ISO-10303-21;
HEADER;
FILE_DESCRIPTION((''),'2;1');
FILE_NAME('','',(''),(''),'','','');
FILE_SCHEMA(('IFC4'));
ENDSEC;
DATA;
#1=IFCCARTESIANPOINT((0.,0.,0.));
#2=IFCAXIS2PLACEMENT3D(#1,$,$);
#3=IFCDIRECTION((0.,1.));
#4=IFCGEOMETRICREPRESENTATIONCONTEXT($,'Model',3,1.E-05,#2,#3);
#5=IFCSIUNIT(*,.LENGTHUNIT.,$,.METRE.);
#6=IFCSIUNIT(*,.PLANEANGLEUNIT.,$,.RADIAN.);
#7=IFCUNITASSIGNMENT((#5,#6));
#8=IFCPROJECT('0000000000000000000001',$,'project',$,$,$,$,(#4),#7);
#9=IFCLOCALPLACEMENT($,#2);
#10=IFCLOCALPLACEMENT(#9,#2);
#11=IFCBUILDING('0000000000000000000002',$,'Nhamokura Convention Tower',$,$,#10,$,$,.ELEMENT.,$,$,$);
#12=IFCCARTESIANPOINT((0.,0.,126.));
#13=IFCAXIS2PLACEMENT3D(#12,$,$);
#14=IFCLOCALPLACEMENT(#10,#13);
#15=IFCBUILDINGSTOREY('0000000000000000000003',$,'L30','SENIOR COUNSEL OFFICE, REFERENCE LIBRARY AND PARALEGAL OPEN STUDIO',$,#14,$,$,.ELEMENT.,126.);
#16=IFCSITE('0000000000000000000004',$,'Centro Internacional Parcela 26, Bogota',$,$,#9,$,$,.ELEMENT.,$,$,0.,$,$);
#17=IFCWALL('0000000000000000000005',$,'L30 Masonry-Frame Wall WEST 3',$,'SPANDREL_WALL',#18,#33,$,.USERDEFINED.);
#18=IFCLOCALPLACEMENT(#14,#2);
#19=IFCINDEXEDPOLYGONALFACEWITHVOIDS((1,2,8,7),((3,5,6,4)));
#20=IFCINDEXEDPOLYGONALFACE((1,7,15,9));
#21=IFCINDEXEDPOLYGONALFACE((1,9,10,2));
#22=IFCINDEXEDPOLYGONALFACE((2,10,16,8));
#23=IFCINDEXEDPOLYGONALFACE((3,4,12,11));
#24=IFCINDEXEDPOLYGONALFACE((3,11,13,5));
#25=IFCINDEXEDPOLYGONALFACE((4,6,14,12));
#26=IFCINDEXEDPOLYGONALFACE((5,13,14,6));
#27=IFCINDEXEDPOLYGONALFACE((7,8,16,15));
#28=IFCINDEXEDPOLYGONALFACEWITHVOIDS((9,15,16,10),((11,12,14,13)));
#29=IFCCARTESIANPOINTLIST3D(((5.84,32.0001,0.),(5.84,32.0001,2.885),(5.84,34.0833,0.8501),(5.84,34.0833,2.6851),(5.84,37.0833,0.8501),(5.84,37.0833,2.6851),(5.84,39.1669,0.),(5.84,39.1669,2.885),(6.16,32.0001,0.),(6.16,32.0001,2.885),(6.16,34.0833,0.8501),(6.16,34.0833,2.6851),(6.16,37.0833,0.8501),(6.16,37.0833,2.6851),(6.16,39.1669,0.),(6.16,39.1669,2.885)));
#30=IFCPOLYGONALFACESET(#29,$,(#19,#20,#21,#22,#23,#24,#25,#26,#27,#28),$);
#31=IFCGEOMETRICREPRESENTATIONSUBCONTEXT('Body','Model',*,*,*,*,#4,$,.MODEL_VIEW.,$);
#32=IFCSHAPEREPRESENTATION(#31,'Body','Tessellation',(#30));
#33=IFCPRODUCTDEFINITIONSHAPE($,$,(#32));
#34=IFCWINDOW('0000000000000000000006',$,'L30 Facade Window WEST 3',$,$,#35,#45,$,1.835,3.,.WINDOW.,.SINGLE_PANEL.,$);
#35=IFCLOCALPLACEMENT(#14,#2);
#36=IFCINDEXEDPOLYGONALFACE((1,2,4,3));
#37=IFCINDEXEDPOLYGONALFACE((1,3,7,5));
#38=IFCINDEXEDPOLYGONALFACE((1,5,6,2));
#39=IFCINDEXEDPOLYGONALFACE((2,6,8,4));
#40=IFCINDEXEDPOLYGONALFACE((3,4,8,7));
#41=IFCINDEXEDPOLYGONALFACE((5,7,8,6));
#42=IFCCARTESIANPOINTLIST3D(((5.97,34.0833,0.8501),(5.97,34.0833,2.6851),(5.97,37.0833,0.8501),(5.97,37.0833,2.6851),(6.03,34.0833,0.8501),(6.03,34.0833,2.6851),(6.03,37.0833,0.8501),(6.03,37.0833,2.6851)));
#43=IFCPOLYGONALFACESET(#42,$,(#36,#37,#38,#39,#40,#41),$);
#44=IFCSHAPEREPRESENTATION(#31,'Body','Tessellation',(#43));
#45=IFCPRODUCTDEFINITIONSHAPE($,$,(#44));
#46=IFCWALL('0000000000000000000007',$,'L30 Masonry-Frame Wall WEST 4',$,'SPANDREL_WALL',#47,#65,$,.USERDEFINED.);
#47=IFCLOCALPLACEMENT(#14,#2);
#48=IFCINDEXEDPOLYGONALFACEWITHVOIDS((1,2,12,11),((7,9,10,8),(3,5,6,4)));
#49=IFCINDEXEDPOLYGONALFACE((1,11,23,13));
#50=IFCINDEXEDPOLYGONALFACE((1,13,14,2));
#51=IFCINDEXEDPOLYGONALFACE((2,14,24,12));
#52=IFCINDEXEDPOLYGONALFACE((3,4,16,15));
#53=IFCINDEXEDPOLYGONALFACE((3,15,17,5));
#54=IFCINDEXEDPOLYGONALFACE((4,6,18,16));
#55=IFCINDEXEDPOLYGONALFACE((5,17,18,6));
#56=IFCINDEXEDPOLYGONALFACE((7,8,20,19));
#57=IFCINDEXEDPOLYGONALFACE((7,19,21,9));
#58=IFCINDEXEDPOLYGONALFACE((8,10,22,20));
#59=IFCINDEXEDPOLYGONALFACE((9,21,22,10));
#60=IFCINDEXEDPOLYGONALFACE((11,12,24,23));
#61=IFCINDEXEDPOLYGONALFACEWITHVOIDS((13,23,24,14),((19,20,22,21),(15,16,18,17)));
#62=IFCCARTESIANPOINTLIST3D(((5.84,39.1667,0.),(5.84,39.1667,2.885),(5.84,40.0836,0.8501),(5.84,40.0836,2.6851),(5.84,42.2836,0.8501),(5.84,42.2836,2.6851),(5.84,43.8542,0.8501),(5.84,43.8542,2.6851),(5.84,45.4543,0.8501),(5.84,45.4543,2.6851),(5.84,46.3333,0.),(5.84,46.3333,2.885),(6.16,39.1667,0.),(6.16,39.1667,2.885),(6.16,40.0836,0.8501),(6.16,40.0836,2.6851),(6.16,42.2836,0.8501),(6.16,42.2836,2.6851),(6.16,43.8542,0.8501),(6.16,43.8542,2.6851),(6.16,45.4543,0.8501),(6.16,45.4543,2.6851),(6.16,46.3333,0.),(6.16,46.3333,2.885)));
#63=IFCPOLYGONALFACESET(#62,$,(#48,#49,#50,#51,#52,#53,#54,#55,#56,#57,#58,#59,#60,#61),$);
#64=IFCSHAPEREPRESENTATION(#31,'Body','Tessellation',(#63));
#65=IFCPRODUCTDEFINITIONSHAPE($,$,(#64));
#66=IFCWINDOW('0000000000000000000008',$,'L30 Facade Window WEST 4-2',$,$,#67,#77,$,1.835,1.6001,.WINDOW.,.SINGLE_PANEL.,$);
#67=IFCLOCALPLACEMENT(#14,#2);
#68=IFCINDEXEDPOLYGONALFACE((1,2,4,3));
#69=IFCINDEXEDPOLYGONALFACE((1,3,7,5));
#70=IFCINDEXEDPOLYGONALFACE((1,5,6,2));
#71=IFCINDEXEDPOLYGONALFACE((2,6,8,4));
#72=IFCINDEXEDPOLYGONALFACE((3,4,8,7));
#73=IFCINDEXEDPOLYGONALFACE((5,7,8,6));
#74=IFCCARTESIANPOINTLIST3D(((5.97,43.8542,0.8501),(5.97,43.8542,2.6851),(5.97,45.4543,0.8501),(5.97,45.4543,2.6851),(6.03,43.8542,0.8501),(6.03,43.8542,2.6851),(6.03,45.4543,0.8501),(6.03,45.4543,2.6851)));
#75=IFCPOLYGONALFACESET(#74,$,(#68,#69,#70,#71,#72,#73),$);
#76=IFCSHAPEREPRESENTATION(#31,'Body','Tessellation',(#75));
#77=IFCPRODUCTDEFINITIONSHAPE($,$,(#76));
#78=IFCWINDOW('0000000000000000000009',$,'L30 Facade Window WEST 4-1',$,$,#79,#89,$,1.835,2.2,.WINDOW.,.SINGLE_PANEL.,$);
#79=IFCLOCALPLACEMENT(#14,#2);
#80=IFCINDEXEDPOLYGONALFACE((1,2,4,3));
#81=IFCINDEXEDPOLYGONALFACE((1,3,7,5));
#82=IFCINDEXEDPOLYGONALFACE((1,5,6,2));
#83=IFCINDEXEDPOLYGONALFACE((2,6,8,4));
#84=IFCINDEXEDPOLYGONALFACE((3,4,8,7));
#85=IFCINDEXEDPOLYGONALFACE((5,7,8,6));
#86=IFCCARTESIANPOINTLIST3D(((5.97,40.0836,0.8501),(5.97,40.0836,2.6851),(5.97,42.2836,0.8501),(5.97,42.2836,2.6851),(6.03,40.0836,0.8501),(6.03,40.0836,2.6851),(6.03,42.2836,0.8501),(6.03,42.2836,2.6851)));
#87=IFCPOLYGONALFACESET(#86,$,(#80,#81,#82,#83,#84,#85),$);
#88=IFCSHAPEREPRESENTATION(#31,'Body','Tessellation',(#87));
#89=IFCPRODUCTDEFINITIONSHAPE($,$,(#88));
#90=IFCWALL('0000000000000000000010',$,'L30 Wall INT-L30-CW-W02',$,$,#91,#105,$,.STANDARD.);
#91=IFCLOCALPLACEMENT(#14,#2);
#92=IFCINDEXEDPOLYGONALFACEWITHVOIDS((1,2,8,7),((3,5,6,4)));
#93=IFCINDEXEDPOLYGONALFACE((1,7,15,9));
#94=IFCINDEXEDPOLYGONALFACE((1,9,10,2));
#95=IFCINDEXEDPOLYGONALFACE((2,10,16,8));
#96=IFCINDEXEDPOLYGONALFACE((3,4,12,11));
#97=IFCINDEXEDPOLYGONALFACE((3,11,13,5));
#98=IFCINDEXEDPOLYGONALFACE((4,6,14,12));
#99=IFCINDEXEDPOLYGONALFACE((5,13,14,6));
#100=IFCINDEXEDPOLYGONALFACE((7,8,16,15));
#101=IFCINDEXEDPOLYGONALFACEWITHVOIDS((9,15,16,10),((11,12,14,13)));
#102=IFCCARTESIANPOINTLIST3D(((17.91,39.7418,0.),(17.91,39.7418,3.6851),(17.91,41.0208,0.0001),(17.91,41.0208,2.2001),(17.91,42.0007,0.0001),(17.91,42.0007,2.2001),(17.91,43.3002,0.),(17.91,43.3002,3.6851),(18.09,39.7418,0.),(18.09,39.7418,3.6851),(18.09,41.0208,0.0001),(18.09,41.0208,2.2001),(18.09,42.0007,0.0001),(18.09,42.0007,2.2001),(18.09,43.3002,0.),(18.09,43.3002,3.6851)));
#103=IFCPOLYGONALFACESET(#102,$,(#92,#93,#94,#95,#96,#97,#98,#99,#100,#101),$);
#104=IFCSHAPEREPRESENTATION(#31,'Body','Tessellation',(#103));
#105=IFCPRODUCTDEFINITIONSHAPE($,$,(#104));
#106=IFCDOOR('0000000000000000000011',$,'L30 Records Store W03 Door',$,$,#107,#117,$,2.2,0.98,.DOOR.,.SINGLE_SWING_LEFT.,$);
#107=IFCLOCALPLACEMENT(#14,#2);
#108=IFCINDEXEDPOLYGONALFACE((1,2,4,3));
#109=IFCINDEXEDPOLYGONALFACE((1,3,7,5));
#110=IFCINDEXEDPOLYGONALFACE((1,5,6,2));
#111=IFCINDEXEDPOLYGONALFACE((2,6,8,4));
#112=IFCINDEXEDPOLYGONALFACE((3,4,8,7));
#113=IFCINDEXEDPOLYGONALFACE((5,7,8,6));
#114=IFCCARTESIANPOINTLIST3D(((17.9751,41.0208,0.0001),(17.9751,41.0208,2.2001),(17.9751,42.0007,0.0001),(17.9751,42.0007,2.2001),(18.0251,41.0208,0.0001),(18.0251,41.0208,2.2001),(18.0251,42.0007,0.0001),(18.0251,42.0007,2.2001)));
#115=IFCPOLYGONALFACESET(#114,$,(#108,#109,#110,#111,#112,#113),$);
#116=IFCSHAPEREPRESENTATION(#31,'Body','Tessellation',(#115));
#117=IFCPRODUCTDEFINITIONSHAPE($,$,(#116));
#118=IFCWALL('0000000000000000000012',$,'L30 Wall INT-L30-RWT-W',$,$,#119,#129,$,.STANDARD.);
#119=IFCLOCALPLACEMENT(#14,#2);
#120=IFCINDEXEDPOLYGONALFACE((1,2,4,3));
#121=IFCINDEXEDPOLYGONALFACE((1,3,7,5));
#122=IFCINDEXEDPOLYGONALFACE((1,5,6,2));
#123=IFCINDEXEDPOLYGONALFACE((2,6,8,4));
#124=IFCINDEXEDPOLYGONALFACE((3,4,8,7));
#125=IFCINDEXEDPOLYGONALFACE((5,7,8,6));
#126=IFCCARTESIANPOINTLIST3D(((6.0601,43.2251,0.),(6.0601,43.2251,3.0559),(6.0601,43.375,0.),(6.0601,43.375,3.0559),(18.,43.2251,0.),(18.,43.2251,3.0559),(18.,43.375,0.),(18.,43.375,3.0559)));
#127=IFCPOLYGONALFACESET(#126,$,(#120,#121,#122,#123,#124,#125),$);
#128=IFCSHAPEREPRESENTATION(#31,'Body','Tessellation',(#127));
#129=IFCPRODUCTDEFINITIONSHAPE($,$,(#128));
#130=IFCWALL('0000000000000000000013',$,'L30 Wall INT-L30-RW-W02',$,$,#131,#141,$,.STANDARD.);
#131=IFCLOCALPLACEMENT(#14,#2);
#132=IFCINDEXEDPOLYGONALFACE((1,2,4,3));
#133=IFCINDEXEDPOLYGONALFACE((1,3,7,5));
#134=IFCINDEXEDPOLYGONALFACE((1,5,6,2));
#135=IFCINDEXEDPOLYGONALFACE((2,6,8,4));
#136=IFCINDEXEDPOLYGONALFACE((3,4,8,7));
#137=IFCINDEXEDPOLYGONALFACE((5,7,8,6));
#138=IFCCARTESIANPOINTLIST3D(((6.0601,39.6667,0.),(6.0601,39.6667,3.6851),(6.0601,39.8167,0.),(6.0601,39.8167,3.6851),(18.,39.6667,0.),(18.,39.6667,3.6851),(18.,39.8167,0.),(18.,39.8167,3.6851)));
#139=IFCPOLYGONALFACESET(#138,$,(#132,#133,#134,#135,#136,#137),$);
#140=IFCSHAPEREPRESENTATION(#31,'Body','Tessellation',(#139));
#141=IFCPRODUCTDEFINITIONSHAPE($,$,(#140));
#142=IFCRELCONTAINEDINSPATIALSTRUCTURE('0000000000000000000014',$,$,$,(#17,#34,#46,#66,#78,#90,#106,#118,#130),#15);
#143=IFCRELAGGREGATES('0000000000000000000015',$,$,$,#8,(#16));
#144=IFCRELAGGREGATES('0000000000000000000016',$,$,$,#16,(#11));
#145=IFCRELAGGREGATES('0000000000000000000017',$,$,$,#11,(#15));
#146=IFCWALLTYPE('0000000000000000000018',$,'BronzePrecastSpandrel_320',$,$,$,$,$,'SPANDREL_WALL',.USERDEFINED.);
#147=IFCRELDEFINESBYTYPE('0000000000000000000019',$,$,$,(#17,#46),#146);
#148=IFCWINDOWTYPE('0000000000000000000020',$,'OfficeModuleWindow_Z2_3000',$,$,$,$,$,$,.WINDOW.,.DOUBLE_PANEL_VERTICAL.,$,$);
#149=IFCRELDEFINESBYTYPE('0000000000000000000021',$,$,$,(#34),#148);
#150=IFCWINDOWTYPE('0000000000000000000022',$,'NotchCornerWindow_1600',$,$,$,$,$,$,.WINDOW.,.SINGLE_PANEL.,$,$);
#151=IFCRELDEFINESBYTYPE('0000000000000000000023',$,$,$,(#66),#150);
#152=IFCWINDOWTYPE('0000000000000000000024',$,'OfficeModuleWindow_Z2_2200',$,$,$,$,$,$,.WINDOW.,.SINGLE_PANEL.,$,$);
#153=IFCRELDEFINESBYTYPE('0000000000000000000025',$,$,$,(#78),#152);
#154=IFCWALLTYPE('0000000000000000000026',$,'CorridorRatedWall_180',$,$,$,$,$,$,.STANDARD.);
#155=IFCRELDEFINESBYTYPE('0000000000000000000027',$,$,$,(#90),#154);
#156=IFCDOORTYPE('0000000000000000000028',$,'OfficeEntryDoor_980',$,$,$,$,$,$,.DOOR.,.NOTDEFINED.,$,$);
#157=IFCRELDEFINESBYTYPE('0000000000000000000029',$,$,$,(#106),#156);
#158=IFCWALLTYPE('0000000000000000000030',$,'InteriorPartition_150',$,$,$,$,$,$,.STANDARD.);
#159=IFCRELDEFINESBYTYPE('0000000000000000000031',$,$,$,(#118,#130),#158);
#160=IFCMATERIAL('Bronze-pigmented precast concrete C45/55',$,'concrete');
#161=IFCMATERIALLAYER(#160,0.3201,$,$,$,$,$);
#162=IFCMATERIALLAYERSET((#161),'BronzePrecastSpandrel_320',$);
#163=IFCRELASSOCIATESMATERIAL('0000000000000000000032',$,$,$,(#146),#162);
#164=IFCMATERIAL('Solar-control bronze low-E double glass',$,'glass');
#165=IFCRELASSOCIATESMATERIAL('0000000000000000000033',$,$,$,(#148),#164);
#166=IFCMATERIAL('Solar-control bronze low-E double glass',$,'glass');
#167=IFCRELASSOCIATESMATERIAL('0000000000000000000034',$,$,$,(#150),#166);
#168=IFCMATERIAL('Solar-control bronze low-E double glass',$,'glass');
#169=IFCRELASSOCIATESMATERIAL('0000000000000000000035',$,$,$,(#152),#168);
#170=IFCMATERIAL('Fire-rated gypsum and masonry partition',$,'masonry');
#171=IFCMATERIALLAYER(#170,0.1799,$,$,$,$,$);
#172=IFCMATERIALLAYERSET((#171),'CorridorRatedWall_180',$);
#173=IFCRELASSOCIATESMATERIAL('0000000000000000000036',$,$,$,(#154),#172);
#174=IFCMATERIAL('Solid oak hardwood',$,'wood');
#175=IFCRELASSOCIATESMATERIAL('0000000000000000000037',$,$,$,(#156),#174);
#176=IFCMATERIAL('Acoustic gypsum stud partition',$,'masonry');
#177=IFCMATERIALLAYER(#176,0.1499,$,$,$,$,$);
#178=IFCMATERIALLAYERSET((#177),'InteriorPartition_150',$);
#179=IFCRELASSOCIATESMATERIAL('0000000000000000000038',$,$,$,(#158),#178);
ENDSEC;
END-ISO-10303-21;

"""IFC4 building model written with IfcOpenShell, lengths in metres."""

from ifc_helpers import new_model, si_unit, direction, frame, frame_2d, origin, place, context, subcontext, project, spatial, rectangle, extrude, material, layer, layer_set, type_object, element, fill, save


model = new_model("IFC4")

# Units and contexts
model_context = context("Model", 3, precision=1e-05, world=origin(), true_north=direction((0.0, 1.0)))
body_context = subcontext(model_context, "Body", "Model", "MODEL_VIEW")
ifc_project = project(units=[si_unit("LENGTHUNIT", "METRE"), si_unit("PLANEANGLEUNIT", "RADIAN")], contexts=[model_context])

# Site, building, storey
site_placement = place(None, origin())
site = spatial("IfcSite", under=ifc_project, at=site_placement, Name="Centro Internacional Parcela 26, Bogota", CompositionType="ELEMENT", RefElevation=0.0)
building_placement = place(site_placement, origin())
building = spatial("IfcBuilding", under=site, at=building_placement, Name="Nhamokura Convention Tower", CompositionType="ELEMENT")
storey_placement = place(building_placement, frame((0.0, 0.0, 126.0)))
storey = spatial("IfcBuildingStorey", under=building, at=storey_placement, Name="L30", Description="SENIOR COUNSEL OFFICE, REFERENCE LIBRARY AND PARALEGAL OPEN STUDIO", CompositionType="ELEMENT", Elevation=126.0)

# Wall, opening, window
ifc_material_1 = material(Name="Bronze-pigmented precast concrete C45/55", Category="concrete")
ifc_layer_1 = layer(ifc_material_1, 0.3201)
ifc_layer_set_1 = layer_set([ifc_layer_1], Name="BronzePrecastSpandrel_320")
wall_type_1 = type_object("IfcWallType", Name="BronzePrecastSpandrel_320", ElementType="SPANDREL_WALL", PredefinedType="USERDEFINED", material=ifc_layer_set_1)
wall_1_placement = place(storey_placement, frame((6.0, 32.0, 0.0), z_axis=(0.0, 0.0, 1.0), x_axis=(0.0, 1.0, 0.0)))
wall_1 = element("IfcWall", 1, at=wall_1_placement, inside=storey, type_object=wall_type_1, Name="L30 Masonry-Frame Wall WEST 3", ObjectType="SPANDREL_WALL", PredefinedType="USERDEFINED", context=body_context, shape_type="SweptSolid", body=[
    extrude(rectangle(XDim=7.1667, YDim=0.3201, at=frame_2d((3.5835, 0.0))), origin(), (0.0, 0.0, 1.0), 2.885),
])
opening_1_placement = place(wall_1_placement, frame((2.0833, 0.0, 0.8501)))
opening_1 = element("IfcOpeningElement", 2, at=opening_1_placement, cuts=wall_1, PredefinedType="OPENING", context=body_context, shape_type="SweptSolid", body=[
    extrude(rectangle(XDim=3.0, YDim=1.835, at=frame_2d((1.5, 0.9175))), frame((0.0, 0.1699, 0.0), z_axis=(0.0, -1.0, 0.0), x_axis=(1.0, 0.0, 0.0)), (0.0, 0.0, 1.0), 0.3401),
])
ifc_material_2 = material(Name="Solar-control bronze low-E double glass", Category="glass")
window_type_1 = type_object("IfcWindowType", Name="OfficeModuleWindow_Z2_3000", PartitioningType="DOUBLE_PANEL_VERTICAL", PredefinedType="WINDOW", material=ifc_material_2)
window_1_placement = place(opening_1_placement, origin())
window_1 = element("IfcWindow", 3, at=window_1_placement, inside=storey, type_object=window_type_1, Name="L30 Facade Window WEST 3", OverallHeight=1.835, OverallWidth=3.0, PartitioningType="SINGLE_PANEL", PredefinedType="WINDOW", context=body_context, shape_type="SweptSolid", body=[
    extrude(rectangle(XDim=3.0, YDim=1.835, at=frame_2d((1.5, 0.9175))), frame((0.0, 0.03, 0.0), z_axis=(0.0, -1.0, 0.0), x_axis=(1.0, 0.0, 0.0)), (0.0, 0.0, 1.0), 0.0601),
])
fill(opening_1, window_1)

# Wall, openings, windows
wall_2_placement = place(storey_placement, frame((6.0, 39.1667, 0.0), z_axis=(0.0, 0.0, 1.0), x_axis=(0.0, 1.0, 0.0)))
wall_2 = element("IfcWall", 4, at=wall_2_placement, inside=storey, type_object=wall_type_1, Name="L30 Masonry-Frame Wall WEST 4", ObjectType="SPANDREL_WALL", PredefinedType="USERDEFINED", context=body_context, shape_type="SweptSolid", body=[
    extrude(rectangle(XDim=7.1665, YDim=0.3201, at=frame_2d((3.5833, 0.0))), origin(), (0.0, 0.0, 1.0), 2.885),
])
opening_2_placement = place(wall_2_placement, frame((0.9167, 0.0, 0.8501)))
opening_2 = element("IfcOpeningElement", 5, at=opening_2_placement, cuts=wall_2, PredefinedType="OPENING", context=body_context, shape_type="SweptSolid", body=[
    extrude(rectangle(XDim=2.2, YDim=1.835, at=frame_2d((1.1001, 0.9175))), frame((0.0, 0.1699, 0.0), z_axis=(0.0, -1.0, 0.0), x_axis=(1.0, 0.0, 0.0)), (0.0, 0.0, 1.0), 0.3401),
])
opening_3_placement = place(wall_2_placement, frame((4.6875, 0.0, 0.8501)))
opening_3 = element("IfcOpeningElement", 6, at=opening_3_placement, cuts=wall_2, PredefinedType="OPENING", context=body_context, shape_type="SweptSolid", body=[
    extrude(rectangle(XDim=1.6001, YDim=1.835, at=frame_2d((0.8, 0.9175))), frame((0.0, 0.1699, 0.0), z_axis=(0.0, -1.0, 0.0), x_axis=(1.0, 0.0, 0.0)), (0.0, 0.0, 1.0), 0.3401),
])
ifc_material_3 = material(Name="Solar-control bronze low-E double glass", Category="glass")
window_type_2 = type_object("IfcWindowType", Name="NotchCornerWindow_1600", PartitioningType="SINGLE_PANEL", PredefinedType="WINDOW", material=ifc_material_3)
window_2_placement = place(opening_3_placement, origin())
window_2 = element("IfcWindow", 7, at=window_2_placement, inside=storey, type_object=window_type_2, Name="L30 Facade Window WEST 4-2", OverallHeight=1.835, OverallWidth=1.6001, PartitioningType="SINGLE_PANEL", PredefinedType="WINDOW", context=body_context, shape_type="SweptSolid", body=[
    extrude(rectangle(XDim=1.6001, YDim=1.835, at=frame_2d((0.8, 0.9175))), frame((0.0, 0.03, 0.0), z_axis=(0.0, -1.0, 0.0), x_axis=(1.0, 0.0, 0.0)), (0.0, 0.0, 1.0), 0.0601),
])
fill(opening_3, window_2)
ifc_material_4 = material(Name="Solar-control bronze low-E double glass", Category="glass")
window_type_3 = type_object("IfcWindowType", Name="OfficeModuleWindow_Z2_2200", PartitioningType="SINGLE_PANEL", PredefinedType="WINDOW", material=ifc_material_4)
window_3_placement = place(opening_2_placement, origin())
window_3 = element("IfcWindow", 8, at=window_3_placement, inside=storey, type_object=window_type_3, Name="L30 Facade Window WEST 4-1", OverallHeight=1.835, OverallWidth=2.2, PartitioningType="SINGLE_PANEL", PredefinedType="WINDOW", context=body_context, shape_type="SweptSolid", body=[
    extrude(rectangle(XDim=2.2, YDim=1.835, at=frame_2d((1.1001, 0.9175))), frame((0.0, 0.03, 0.0), z_axis=(0.0, -1.0, 0.0), x_axis=(1.0, 0.0, 0.0)), (0.0, 0.0, 1.0), 0.0601),
])
fill(opening_2, window_3)

# Wall, opening, door
ifc_material_5 = material(Name="Fire-rated gypsum and masonry partition", Category="masonry")
ifc_layer_2 = layer(ifc_material_5, 0.1799)
ifc_layer_set_2 = layer_set([ifc_layer_2], Name="CorridorRatedWall_180")
wall_type_2 = type_object("IfcWallType", Name="CorridorRatedWall_180", PredefinedType="STANDARD", material=ifc_layer_set_2)
wall_3_placement = place(storey_placement, frame((18.0, 39.7417, 0.0), z_axis=(0.0, 0.0, 1.0), x_axis=(0.0, 1.0, 0.0)))
wall_3 = element("IfcWall", 9, at=wall_3_placement, inside=storey, type_object=wall_type_2, Name="L30 Wall INT-L30-CW-W02", PredefinedType="STANDARD", context=body_context, shape_type="SweptSolid", body=[
    extrude(rectangle(XDim=3.5583, YDim=0.1799, at=frame_2d((1.7793, 0.0))), origin(), (0.0, 0.0, 1.0), 3.6851),
])
opening_4_placement = place(wall_3_placement, frame((1.2791, 0.0, 0.0)))
opening_4 = element("IfcOpeningElement", 10, at=opening_4_placement, cuts=wall_3, PredefinedType="OPENING", context=body_context, shape_type="SweptSolid", body=[
    extrude(rectangle(XDim=0.98, YDim=2.2, at=frame_2d((0.49, 1.1001))), frame((0.0, 0.0999, 0.0), z_axis=(0.0, -1.0, 0.0), x_axis=(1.0, 0.0, 0.0)), (0.0, 0.0, 1.0), 0.2),
])
ifc_material_6 = material(Name="Solid oak hardwood", Category="wood")
door_type = type_object("IfcDoorType", Name="OfficeEntryDoor_980", OperationType="NOTDEFINED", PredefinedType="DOOR", material=ifc_material_6)
door_placement = place(opening_4_placement, origin())
door = element("IfcDoor", 11, at=door_placement, inside=storey, type_object=door_type, Name="L30 Records Store W03 Door", OperationType="SINGLE_SWING_LEFT", OverallHeight=2.2, OverallWidth=0.98, PredefinedType="DOOR", context=body_context, shape_type="SweptSolid", body=[
    extrude(rectangle(XDim=0.98, YDim=2.2, at=frame_2d((0.49, 1.1001))), frame((0.0, 0.0249, 0.0), z_axis=(0.0, -1.0, 0.0), x_axis=(1.0, 0.0, 0.0)), (0.0, 0.0, 1.0), 0.05),
])
fill(opening_4, door)

# Walls
ifc_material_7 = material(Name="Acoustic gypsum stud partition", Category="masonry")
ifc_layer_3 = layer(ifc_material_7, 0.1499)
ifc_layer_set_3 = layer_set([ifc_layer_3], Name="InteriorPartition_150")
wall_type_3 = type_object("IfcWallType", Name="InteriorPartition_150", PredefinedType="STANDARD", material=ifc_layer_set_3)
wall_4_placement = place(storey_placement, frame((6.0601, 43.3, 0.0), z_axis=(0.0, 0.0, 1.0), x_axis=(1.0, 0.0, 0.0)))
element("IfcWall", 12, at=wall_4_placement, inside=storey, type_object=wall_type_3, Name="L30 Wall INT-L30-RWT-W", PredefinedType="STANDARD", context=body_context, shape_type="SweptSolid", body=[
    extrude(rectangle(XDim=11.9399, YDim=0.1499, at=frame_2d((5.97, 0.0))), origin(), (0.0, 0.0, 1.0), 3.0559),
])
wall_5_placement = place(storey_placement, frame((6.0601, 39.7417, 0.0), z_axis=(0.0, 0.0, 1.0), x_axis=(1.0, 0.0, 0.0)))
element("IfcWall", 13, at=wall_5_placement, inside=storey, type_object=wall_type_3, Name="L30 Wall INT-L30-RW-W02", PredefinedType="STANDARD", context=body_context, shape_type="SweptSolid", body=[
    extrude(rectangle(XDim=11.9399, YDim=0.1499, at=frame_2d((5.97, 0.0))), origin(), (0.0, 0.0, 1.0), 3.6851),
])

save(model, "model.ifc")
